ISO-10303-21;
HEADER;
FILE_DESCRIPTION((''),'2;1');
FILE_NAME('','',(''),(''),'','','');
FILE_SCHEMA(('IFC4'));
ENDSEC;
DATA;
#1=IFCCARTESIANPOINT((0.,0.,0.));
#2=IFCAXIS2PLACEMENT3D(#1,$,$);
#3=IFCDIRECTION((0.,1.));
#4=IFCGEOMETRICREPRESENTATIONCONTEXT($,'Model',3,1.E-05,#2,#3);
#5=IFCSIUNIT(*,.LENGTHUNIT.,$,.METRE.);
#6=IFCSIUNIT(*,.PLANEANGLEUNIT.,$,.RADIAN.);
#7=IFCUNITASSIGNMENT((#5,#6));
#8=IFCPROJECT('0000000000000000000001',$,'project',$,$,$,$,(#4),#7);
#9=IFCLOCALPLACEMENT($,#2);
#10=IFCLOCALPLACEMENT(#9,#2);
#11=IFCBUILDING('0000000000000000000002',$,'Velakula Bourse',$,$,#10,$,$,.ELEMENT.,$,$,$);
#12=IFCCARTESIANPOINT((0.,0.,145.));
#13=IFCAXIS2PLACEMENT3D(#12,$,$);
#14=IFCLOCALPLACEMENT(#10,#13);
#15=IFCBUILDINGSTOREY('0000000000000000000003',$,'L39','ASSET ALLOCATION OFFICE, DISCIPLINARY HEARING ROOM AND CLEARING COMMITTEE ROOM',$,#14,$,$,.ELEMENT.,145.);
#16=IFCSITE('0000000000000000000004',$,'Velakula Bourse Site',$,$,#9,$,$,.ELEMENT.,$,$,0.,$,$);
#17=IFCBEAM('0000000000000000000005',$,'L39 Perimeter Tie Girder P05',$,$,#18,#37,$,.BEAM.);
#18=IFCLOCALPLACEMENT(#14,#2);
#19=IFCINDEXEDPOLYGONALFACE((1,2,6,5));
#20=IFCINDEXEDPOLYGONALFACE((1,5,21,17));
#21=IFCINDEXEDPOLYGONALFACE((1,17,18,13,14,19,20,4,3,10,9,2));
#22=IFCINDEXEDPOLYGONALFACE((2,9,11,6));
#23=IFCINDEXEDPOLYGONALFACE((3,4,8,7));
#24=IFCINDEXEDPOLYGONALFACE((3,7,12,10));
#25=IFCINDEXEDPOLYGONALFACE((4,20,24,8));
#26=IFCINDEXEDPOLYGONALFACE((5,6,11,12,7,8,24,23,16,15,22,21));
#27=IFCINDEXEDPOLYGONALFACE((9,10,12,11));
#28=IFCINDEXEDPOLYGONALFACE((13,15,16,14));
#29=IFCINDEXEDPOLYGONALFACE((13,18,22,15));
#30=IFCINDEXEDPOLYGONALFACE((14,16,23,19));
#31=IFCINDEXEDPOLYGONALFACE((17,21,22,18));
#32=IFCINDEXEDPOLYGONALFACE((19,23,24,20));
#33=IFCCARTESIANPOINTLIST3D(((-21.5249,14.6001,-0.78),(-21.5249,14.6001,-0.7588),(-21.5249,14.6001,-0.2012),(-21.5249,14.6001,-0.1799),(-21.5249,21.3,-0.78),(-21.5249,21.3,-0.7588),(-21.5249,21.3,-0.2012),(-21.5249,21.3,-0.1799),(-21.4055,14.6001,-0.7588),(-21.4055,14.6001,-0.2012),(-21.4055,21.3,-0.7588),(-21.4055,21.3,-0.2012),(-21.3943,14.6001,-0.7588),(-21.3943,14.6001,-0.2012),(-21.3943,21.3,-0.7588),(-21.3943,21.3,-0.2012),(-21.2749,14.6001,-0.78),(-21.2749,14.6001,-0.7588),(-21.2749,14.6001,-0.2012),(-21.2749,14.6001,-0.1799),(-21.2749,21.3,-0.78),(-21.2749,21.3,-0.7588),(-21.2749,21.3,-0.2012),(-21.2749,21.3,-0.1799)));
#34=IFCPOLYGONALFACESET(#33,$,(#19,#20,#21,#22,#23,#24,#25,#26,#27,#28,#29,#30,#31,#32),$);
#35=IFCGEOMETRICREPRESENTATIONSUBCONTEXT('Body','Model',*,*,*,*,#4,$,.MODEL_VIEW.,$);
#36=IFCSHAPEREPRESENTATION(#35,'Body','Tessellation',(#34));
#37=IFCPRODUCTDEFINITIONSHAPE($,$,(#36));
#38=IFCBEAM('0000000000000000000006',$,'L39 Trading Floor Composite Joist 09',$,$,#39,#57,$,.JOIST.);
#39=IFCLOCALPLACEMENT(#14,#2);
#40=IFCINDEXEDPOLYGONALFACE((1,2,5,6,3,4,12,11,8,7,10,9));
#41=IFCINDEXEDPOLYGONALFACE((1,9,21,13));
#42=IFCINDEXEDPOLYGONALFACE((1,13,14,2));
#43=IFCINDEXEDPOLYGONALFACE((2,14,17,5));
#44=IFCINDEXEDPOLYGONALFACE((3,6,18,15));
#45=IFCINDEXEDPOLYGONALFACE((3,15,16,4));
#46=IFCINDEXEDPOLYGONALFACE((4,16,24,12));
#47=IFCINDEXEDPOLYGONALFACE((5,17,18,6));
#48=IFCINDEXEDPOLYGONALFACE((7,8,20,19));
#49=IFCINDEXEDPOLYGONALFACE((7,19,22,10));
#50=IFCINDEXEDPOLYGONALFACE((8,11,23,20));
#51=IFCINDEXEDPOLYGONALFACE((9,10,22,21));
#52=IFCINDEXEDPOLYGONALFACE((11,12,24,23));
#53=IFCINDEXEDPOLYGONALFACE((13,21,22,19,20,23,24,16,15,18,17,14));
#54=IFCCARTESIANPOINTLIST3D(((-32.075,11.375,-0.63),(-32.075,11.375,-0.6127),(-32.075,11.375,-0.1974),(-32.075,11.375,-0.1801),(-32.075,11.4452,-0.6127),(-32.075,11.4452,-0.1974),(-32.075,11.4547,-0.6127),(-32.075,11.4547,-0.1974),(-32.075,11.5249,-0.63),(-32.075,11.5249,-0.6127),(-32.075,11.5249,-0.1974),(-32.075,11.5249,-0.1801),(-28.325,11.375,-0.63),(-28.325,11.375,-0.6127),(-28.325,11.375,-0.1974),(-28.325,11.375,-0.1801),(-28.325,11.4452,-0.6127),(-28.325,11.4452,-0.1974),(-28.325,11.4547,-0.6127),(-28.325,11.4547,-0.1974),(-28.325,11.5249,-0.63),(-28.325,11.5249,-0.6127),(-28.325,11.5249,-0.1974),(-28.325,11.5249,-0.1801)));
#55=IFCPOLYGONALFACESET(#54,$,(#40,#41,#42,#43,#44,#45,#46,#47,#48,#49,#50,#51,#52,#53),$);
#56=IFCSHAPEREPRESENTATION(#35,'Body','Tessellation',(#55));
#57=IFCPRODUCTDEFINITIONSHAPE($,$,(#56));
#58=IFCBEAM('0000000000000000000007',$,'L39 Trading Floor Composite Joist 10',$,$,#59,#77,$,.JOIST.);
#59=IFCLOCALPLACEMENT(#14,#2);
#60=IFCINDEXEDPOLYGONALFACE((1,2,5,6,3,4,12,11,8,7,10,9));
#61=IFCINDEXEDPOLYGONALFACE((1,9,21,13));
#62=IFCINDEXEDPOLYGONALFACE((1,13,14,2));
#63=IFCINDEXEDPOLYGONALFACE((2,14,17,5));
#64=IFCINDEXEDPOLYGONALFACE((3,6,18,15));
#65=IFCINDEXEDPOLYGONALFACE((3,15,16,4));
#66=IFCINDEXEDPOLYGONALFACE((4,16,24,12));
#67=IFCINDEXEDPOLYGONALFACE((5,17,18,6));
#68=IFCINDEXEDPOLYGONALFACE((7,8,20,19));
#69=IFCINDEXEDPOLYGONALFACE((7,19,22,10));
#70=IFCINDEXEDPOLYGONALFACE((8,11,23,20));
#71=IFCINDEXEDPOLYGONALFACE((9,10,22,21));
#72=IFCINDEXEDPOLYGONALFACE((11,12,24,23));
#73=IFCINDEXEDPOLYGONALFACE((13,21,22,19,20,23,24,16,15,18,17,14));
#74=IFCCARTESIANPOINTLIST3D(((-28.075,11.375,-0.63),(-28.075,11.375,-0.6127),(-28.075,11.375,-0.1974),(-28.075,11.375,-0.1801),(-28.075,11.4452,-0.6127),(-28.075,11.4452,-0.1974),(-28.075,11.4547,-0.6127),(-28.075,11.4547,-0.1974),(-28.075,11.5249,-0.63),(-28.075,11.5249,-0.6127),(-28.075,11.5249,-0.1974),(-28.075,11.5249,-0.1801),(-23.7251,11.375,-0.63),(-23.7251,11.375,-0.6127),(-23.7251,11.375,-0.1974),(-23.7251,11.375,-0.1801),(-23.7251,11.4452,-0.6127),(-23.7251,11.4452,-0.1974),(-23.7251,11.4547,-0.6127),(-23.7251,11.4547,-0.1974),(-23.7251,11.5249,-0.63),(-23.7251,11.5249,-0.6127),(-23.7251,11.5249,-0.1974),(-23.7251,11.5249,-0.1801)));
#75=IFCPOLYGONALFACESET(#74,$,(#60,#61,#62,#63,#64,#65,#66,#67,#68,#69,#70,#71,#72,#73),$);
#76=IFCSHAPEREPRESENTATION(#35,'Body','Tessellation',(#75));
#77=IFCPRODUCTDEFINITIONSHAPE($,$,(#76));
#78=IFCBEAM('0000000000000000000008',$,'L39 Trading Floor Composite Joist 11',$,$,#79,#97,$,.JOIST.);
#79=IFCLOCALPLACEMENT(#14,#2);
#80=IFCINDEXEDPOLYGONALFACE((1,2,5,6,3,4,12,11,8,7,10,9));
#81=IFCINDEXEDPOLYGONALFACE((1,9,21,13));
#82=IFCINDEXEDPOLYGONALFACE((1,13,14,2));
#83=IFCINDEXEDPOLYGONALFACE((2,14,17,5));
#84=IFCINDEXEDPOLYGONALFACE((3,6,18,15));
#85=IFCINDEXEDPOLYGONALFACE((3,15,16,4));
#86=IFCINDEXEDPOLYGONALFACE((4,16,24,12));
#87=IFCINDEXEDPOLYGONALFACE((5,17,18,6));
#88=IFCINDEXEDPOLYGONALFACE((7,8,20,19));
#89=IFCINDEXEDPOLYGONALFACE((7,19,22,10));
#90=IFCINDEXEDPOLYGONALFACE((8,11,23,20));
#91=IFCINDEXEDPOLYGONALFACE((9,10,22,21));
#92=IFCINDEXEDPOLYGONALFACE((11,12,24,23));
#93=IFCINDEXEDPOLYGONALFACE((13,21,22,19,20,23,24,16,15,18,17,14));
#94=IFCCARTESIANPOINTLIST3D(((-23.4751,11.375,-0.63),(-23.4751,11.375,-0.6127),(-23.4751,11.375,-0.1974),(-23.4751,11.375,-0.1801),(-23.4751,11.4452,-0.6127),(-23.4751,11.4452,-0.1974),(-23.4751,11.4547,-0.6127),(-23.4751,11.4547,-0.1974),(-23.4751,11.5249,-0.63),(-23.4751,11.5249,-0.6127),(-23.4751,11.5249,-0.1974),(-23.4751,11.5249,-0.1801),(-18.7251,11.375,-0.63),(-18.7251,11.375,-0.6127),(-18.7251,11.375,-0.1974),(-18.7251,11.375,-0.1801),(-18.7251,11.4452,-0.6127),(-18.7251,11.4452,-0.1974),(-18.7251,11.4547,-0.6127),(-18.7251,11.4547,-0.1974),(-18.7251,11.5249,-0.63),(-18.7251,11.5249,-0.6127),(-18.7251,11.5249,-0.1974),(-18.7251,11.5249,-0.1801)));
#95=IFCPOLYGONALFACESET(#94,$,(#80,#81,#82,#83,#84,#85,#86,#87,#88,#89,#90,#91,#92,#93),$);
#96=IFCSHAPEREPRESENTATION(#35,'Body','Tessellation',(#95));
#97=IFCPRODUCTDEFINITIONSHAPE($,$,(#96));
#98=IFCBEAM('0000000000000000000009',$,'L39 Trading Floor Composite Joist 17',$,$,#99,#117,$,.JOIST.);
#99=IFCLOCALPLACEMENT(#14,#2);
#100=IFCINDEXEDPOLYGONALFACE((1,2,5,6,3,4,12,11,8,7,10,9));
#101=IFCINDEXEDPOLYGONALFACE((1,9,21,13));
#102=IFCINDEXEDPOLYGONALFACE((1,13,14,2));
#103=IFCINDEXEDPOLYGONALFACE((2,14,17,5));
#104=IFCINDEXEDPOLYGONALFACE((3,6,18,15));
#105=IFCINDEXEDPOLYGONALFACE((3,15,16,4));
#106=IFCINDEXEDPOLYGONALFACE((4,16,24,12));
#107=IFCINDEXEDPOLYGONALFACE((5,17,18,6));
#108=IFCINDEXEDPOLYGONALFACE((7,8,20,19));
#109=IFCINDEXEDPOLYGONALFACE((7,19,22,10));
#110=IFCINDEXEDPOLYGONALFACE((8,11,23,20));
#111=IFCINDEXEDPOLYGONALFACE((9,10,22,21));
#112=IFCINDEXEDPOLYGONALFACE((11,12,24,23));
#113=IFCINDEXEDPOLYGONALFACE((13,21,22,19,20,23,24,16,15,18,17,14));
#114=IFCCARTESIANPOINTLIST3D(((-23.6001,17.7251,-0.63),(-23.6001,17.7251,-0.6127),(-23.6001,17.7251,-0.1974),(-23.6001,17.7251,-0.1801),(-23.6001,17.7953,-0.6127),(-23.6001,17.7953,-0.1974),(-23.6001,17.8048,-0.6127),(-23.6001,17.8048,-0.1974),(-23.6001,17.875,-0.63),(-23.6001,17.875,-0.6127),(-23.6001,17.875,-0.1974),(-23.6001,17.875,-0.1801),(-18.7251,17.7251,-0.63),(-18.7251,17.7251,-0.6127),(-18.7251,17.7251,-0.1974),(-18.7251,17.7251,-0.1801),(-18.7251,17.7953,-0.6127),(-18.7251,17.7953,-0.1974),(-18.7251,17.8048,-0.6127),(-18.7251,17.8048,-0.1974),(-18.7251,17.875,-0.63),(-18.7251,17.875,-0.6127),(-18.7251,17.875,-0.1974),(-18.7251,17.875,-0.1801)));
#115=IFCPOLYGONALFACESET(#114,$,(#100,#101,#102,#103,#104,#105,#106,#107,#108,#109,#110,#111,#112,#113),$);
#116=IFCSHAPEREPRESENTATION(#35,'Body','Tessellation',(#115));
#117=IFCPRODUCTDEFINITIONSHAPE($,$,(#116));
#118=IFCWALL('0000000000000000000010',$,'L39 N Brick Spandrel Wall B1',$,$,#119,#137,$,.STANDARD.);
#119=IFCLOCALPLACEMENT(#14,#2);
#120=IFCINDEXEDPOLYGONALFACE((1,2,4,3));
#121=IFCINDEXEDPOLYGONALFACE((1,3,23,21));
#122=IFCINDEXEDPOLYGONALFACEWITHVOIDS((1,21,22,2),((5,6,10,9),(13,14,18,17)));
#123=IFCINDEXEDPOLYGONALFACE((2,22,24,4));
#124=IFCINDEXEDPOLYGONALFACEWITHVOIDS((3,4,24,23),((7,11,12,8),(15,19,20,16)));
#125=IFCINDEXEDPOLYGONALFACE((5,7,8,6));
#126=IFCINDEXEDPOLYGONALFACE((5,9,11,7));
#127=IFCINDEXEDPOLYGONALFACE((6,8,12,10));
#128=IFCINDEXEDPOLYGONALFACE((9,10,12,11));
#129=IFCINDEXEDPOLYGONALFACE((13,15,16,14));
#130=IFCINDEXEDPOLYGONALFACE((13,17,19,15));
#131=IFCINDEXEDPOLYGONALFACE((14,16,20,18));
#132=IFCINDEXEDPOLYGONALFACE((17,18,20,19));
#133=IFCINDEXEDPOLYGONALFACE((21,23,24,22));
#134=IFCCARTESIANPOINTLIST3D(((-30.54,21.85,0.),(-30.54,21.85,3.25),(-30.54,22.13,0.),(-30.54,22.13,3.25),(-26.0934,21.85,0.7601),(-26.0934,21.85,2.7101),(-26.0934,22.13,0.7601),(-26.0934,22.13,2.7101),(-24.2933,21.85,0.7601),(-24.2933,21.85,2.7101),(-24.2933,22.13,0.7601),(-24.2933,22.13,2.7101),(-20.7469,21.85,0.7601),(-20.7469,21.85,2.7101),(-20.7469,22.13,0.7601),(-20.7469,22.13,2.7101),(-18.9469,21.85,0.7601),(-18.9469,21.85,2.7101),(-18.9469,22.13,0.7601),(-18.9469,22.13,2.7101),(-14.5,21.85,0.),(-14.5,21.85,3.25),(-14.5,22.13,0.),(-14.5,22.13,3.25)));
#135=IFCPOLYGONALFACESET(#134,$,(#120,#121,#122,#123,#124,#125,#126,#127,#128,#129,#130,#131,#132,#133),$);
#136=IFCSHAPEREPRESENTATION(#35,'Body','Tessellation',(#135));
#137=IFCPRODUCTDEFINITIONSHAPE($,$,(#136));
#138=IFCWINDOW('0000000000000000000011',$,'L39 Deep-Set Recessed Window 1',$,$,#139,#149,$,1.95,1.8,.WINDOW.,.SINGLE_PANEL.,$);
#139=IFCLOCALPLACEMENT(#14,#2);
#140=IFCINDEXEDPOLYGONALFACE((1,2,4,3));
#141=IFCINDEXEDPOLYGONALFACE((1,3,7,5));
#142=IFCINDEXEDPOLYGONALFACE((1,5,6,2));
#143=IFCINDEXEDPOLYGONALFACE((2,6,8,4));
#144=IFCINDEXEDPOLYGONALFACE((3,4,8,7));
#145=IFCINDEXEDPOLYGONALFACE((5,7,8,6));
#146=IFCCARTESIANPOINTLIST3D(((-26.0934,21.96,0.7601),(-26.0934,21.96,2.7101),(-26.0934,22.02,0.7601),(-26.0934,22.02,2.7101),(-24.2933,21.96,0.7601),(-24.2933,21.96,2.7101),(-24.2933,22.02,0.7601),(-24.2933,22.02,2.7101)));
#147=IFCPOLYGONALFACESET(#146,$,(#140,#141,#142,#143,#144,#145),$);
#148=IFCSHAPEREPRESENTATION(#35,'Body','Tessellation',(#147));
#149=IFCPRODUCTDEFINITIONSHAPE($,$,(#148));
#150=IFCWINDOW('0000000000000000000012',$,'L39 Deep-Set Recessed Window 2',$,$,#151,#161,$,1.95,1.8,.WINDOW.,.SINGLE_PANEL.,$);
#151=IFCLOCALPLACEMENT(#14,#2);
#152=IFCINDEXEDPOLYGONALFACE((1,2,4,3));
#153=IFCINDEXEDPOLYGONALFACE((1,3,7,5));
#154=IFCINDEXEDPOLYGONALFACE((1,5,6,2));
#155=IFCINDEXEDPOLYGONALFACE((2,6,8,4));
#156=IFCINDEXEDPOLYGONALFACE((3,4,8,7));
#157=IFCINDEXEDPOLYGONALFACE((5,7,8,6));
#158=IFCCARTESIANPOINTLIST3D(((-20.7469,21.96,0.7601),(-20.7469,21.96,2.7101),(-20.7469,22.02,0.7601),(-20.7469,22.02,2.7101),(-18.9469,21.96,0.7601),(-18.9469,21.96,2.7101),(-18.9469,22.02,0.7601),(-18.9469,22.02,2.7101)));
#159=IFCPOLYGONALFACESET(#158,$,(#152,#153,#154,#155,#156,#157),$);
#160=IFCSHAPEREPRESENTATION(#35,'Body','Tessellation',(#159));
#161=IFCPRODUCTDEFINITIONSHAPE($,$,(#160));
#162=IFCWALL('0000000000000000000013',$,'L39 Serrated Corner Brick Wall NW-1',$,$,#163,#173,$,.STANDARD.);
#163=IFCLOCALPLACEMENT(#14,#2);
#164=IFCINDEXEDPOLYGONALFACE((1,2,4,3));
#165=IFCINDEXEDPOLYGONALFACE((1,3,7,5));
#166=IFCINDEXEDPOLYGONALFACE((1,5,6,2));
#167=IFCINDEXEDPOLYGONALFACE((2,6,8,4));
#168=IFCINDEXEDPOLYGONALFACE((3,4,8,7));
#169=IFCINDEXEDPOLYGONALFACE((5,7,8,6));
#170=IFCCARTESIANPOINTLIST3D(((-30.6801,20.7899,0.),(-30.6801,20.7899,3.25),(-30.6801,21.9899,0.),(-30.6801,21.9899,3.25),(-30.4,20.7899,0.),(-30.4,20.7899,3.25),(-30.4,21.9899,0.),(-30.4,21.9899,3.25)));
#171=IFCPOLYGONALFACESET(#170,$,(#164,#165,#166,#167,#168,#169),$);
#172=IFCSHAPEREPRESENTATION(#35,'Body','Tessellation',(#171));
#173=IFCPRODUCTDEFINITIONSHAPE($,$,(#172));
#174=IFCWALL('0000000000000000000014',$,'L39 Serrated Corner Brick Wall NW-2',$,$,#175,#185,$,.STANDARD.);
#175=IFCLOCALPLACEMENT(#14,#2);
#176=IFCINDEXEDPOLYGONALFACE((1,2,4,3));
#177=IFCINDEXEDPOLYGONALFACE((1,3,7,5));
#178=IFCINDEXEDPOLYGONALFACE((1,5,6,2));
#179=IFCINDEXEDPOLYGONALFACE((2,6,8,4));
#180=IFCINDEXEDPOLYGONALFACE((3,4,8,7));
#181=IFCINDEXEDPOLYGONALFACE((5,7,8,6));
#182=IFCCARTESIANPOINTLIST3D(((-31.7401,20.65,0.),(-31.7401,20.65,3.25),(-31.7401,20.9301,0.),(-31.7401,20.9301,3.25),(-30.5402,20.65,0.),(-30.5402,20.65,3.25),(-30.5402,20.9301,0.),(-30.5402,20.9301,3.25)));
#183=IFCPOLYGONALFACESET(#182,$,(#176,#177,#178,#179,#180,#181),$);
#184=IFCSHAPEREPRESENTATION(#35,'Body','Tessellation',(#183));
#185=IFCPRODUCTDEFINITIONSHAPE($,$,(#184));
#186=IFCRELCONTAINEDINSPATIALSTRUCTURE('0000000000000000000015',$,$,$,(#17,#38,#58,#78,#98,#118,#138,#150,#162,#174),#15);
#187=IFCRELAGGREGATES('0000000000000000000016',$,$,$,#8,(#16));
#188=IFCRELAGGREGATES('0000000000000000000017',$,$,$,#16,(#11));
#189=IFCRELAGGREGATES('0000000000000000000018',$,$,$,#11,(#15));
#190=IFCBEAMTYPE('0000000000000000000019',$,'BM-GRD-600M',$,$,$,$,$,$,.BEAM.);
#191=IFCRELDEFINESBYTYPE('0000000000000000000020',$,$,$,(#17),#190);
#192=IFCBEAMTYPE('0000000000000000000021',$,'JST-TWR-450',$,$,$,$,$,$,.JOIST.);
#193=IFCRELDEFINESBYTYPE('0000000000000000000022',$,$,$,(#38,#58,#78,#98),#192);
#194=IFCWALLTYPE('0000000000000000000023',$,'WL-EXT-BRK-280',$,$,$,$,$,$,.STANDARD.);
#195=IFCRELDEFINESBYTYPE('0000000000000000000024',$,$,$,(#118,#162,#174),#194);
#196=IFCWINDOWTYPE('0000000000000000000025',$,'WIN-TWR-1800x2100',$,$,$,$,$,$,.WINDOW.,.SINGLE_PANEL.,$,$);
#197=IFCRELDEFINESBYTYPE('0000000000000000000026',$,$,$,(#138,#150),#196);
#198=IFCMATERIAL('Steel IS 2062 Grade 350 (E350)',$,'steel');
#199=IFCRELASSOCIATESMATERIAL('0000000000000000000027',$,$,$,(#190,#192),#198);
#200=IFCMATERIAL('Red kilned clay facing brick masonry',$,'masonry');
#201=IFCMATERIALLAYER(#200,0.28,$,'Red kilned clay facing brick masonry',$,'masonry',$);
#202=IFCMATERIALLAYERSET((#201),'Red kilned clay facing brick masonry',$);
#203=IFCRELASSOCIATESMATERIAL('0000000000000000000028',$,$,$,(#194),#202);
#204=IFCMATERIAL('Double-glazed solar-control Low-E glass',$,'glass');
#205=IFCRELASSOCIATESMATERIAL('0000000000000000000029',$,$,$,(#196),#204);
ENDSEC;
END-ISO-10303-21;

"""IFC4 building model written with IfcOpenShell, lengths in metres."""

from ifc_helpers import new_model, si_unit, direction, frame, frame_2d, origin, origin_2d, place, context, subcontext, project, spatial, rectangle, i_section, extrude, material, layer, layer_set, material_profile, profile_set, type_object, element, fill, save


model = new_model("IFC4")

# Units and contexts
model_context = context("Model", 3, precision=1e-05, world=origin(), true_north=direction((0.0, 1.0)))
body_context = subcontext(model_context, "Body", "Model", "MODEL_VIEW")
ifc_project = project(units=[si_unit("LENGTHUNIT", "METRE"), si_unit("PLANEANGLEUNIT", "RADIAN")], contexts=[model_context])

# Site, building, storey
site_placement = place(None, origin())
site = spatial("IfcSite", under=ifc_project, at=site_placement, Name="Velakula Bourse Site", CompositionType="ELEMENT", RefElevation=0.0)
building_placement = place(site_placement, origin())
building = spatial("IfcBuilding", under=site, at=building_placement, Name="Velakula Bourse", CompositionType="ELEMENT")
storey_placement = place(building_placement, frame((0.0, 0.0, 145.0)))
storey = spatial("IfcBuildingStorey", under=building, at=storey_placement, Name="L39", Description="ASSET ALLOCATION OFFICE, DISCIPLINARY HEARING ROOM AND CLEARING COMMITTEE ROOM", CompositionType="ELEMENT", Elevation=145.0)

# Shared definitions
ifc_material_1 = material(Name="Steel IS 2062 Grade 350 (E350)", Category="steel")

# Beams
ifc_material_profile_1 = material_profile(ifc_material_1, i_section(OverallWidth=0.25, OverallDepth=0.6001, WebThickness=0.0112, FlangeThickness=0.0212, at=origin_2d()), Name="Steel IS 2062 Grade 350 (E350)")
ifc_profile_set_1 = profile_set([ifc_material_profile_1], Name="Steel IS 2062 Grade 350 (E350)")
beam_type_1 = type_object("IfcBeamType", Name="BM-GRD-600M", PredefinedType="BEAM", material=ifc_profile_set_1)
beam_1_placement = place(storey_placement, frame((-21.3999, 14.6001, -0.48), z_axis=(0.0, 1.0, 0.0), x_axis=(-1.0, 0.0, 0.0)))
element("IfcBeam", 1, at=beam_1_placement, inside=storey, type_object=beam_type_1, Name="L39 Perimeter Tie Girder P05", PredefinedType="BEAM", context=body_context, shape_type="SweptSolid", body=[
    extrude(i_section(OverallWidth=0.25, OverallDepth=0.6001, WebThickness=0.0112, FlangeThickness=0.0212, at=origin_2d()), origin(), (0.0, 0.0, 1.0), 6.7),
])
ifc_material_profile_2 = material_profile(ifc_material_1, i_section(OverallWidth=0.1499, OverallDepth=0.45, WebThickness=0.0095, FlangeThickness=0.0173, at=origin_2d()), Name="Steel IS 2062 Grade 350 (E350)")
ifc_profile_set_2 = profile_set([ifc_material_profile_2], Name="Steel IS 2062 Grade 350 (E350)")
beam_type_2 = type_object("IfcBeamType", Name="JST-TWR-450", PredefinedType="JOIST", material=ifc_profile_set_2)
beam_2_placement = place(storey_placement, frame((-32.075, 11.45, -0.405), z_axis=(1.0, 0.0, 0.0), x_axis=(0.0, 1.0, 0.0)))
element("IfcBeam", 2, at=beam_2_placement, inside=storey, type_object=beam_type_2, Name="L39 Trading Floor Composite Joist 09", PredefinedType="JOIST", context=body_context, shape_type="SweptSolid", body=[
    extrude(i_section(OverallWidth=0.1499, OverallDepth=0.45, WebThickness=0.0095, FlangeThickness=0.0173, at=origin_2d()), origin(), (0.0, 0.0, 1.0), 3.75),
])
beam_3_placement = place(storey_placement, frame((-28.075, 11.45, -0.405), z_axis=(1.0, 0.0, 0.0), x_axis=(0.0, 1.0, 0.0)))
element("IfcBeam", 3, at=beam_3_placement, inside=storey, type_object=beam_type_2, Name="L39 Trading Floor Composite Joist 10", PredefinedType="JOIST", context=body_context, shape_type="SweptSolid", body=[
    extrude(i_section(OverallWidth=0.1499, OverallDepth=0.45, WebThickness=0.0095, FlangeThickness=0.0173, at=origin_2d()), origin(), (0.0, 0.0, 1.0), 4.3499),
])
beam_4_placement = place(storey_placement, frame((-23.4751, 11.45, -0.405), z_axis=(1.0, 0.0, 0.0), x_axis=(0.0, 1.0, 0.0)))
element("IfcBeam", 4, at=beam_4_placement, inside=storey, type_object=beam_type_2, Name="L39 Trading Floor Composite Joist 11", PredefinedType="JOIST", context=body_context, shape_type="SweptSolid", body=[
    extrude(i_section(OverallWidth=0.1499, OverallDepth=0.45, WebThickness=0.0095, FlangeThickness=0.0173, at=origin_2d()), origin(), (0.0, 0.0, 1.0), 4.75),
])
beam_5_placement = place(storey_placement, frame((-23.6001, 17.8, -0.405), z_axis=(1.0, 0.0, 0.0), x_axis=(0.0, 1.0, 0.0)))
element("IfcBeam", 5, at=beam_5_placement, inside=storey, type_object=beam_type_2, Name="L39 Trading Floor Composite Joist 17", PredefinedType="JOIST", context=body_context, shape_type="SweptSolid", body=[
    extrude(i_section(OverallWidth=0.1499, OverallDepth=0.45, WebThickness=0.0095, FlangeThickness=0.0173, at=origin_2d()), origin(), (0.0, 0.0, 1.0), 4.875),
])

# Wall, openings, windows
ifc_material_2 = material(Name="Red kilned clay facing brick masonry", Category="masonry")
ifc_layer_1 = layer(ifc_material_2, 0.28, Name="Red kilned clay facing brick masonry", Category="masonry")
ifc_layer_set_1 = layer_set([ifc_layer_1], Name="Red kilned clay facing brick masonry")
wall_type_1 = type_object("IfcWallType", Name="WL-EXT-BRK-280", PredefinedType="STANDARD", material=ifc_layer_set_1)
wall_1_placement = place(storey_placement, frame((-30.54, 21.99, 0.0), z_axis=(0.0, 0.0, 1.0), x_axis=(1.0, 0.0, 0.0)))
wall_1 = element("IfcWall", 6, at=wall_1_placement, inside=storey, type_object=wall_type_1, Name="L39 N Brick Spandrel Wall B1", PredefinedType="STANDARD", context=body_context, shape_type="SweptSolid", body=[
    extrude(rectangle(XDim=16.04, YDim=0.28, at=frame_2d((8.02, 0.0))), origin(), (0.0, 0.0, 1.0), 3.25),
])
opening_1_placement = place(wall_1_placement, frame((4.4468, 0.0, 0.76)))
opening_1 = element("IfcOpeningElement", 7, at=opening_1_placement, cuts=wall_1, PredefinedType="OPENING", context=body_context, shape_type="SweptSolid", body=[
    extrude(rectangle(XDim=1.8, YDim=1.95, at=frame_2d((0.8999, 0.9751))), frame((0.0, 0.1499, 0.0), z_axis=(0.0, -1.0, 0.0), x_axis=(1.0, 0.0, 0.0)), (0.0, 0.0, 1.0), 0.3),
])
opening_2_placement = place(wall_1_placement, frame((9.7932, 0.0, 0.76)))
opening_2 = element("IfcOpeningElement", 8, at=opening_2_placement, cuts=wall_1, PredefinedType="OPENING", context=body_context, shape_type="SweptSolid", body=[
    extrude(rectangle(XDim=1.8, YDim=1.95, at=frame_2d((0.8999, 0.9751))), frame((0.0, 0.1499, 0.0), z_axis=(0.0, -1.0, 0.0), x_axis=(1.0, 0.0, 0.0)), (0.0, 0.0, 1.0), 0.3),
])
ifc_material_3 = material(Name="Double-glazed solar-control Low-E glass", Category="glass")
window_type = type_object("IfcWindowType", Name="WIN-TWR-1800x2100", PartitioningType="SINGLE_PANEL", PredefinedType="WINDOW", material=ifc_material_3)
window_1_placement = place(opening_1_placement, origin())
window_1 = element("IfcWindow", 9, at=window_1_placement, inside=storey, type_object=window_type, Name="L39 Deep-Set Recessed Window 1", OverallHeight=1.95, OverallWidth=1.8, PartitioningType="SINGLE_PANEL", PredefinedType="WINDOW", context=body_context, shape_type="SweptSolid", body=[
    extrude(rectangle(XDim=1.8, YDim=1.95, at=frame_2d((0.8999, 0.9751))), frame((0.0, 0.03, 0.0), z_axis=(0.0, -1.0, 0.0), x_axis=(1.0, 0.0, 0.0)), (0.0, 0.0, 1.0), 0.0601),
])
fill(opening_1, window_1)
window_2_placement = place(opening_2_placement, origin())
window_2 = element("IfcWindow", 10, at=window_2_placement, inside=storey, type_object=window_type, Name="L39 Deep-Set Recessed Window 2", OverallHeight=1.95, OverallWidth=1.8, PartitioningType="SINGLE_PANEL", PredefinedType="WINDOW", context=body_context, shape_type="SweptSolid", body=[
    extrude(rectangle(XDim=1.8, YDim=1.95, at=frame_2d((0.8999, 0.9751))), frame((0.0, 0.03, 0.0), z_axis=(0.0, -1.0, 0.0), x_axis=(1.0, 0.0, 0.0)), (0.0, 0.0, 1.0), 0.0601),
])
fill(opening_2, window_2)

# Walls
for number, where, z_axis, x_axis, name in (
    (11, (-30.54, 21.99, 0.0), (0.0, 0.0, 1.0), (0.0, -1.0, 0.0), "L39 Serrated Corner Brick Wall NW-1"),
    (12, (-30.54, 20.79, 0.0), (0.0, 0.0, 1.0), (-1.0, 0.0, 0.0), "L39 Serrated Corner Brick Wall NW-2"),
):
    element("IfcWall", number, at=place(storey_placement, frame(where, z_axis=z_axis, x_axis=x_axis)), inside=storey, type_object=wall_type_1, Name=name, PredefinedType="STANDARD", context=body_context, shape_type="SweptSolid", body=[
        extrude(rectangle(XDim=1.2, YDim=0.28, at=frame_2d((0.6001, 0.0))), origin(), (0.0, 0.0, 1.0), 3.25),
    ])

save(model, "model.ifc")
